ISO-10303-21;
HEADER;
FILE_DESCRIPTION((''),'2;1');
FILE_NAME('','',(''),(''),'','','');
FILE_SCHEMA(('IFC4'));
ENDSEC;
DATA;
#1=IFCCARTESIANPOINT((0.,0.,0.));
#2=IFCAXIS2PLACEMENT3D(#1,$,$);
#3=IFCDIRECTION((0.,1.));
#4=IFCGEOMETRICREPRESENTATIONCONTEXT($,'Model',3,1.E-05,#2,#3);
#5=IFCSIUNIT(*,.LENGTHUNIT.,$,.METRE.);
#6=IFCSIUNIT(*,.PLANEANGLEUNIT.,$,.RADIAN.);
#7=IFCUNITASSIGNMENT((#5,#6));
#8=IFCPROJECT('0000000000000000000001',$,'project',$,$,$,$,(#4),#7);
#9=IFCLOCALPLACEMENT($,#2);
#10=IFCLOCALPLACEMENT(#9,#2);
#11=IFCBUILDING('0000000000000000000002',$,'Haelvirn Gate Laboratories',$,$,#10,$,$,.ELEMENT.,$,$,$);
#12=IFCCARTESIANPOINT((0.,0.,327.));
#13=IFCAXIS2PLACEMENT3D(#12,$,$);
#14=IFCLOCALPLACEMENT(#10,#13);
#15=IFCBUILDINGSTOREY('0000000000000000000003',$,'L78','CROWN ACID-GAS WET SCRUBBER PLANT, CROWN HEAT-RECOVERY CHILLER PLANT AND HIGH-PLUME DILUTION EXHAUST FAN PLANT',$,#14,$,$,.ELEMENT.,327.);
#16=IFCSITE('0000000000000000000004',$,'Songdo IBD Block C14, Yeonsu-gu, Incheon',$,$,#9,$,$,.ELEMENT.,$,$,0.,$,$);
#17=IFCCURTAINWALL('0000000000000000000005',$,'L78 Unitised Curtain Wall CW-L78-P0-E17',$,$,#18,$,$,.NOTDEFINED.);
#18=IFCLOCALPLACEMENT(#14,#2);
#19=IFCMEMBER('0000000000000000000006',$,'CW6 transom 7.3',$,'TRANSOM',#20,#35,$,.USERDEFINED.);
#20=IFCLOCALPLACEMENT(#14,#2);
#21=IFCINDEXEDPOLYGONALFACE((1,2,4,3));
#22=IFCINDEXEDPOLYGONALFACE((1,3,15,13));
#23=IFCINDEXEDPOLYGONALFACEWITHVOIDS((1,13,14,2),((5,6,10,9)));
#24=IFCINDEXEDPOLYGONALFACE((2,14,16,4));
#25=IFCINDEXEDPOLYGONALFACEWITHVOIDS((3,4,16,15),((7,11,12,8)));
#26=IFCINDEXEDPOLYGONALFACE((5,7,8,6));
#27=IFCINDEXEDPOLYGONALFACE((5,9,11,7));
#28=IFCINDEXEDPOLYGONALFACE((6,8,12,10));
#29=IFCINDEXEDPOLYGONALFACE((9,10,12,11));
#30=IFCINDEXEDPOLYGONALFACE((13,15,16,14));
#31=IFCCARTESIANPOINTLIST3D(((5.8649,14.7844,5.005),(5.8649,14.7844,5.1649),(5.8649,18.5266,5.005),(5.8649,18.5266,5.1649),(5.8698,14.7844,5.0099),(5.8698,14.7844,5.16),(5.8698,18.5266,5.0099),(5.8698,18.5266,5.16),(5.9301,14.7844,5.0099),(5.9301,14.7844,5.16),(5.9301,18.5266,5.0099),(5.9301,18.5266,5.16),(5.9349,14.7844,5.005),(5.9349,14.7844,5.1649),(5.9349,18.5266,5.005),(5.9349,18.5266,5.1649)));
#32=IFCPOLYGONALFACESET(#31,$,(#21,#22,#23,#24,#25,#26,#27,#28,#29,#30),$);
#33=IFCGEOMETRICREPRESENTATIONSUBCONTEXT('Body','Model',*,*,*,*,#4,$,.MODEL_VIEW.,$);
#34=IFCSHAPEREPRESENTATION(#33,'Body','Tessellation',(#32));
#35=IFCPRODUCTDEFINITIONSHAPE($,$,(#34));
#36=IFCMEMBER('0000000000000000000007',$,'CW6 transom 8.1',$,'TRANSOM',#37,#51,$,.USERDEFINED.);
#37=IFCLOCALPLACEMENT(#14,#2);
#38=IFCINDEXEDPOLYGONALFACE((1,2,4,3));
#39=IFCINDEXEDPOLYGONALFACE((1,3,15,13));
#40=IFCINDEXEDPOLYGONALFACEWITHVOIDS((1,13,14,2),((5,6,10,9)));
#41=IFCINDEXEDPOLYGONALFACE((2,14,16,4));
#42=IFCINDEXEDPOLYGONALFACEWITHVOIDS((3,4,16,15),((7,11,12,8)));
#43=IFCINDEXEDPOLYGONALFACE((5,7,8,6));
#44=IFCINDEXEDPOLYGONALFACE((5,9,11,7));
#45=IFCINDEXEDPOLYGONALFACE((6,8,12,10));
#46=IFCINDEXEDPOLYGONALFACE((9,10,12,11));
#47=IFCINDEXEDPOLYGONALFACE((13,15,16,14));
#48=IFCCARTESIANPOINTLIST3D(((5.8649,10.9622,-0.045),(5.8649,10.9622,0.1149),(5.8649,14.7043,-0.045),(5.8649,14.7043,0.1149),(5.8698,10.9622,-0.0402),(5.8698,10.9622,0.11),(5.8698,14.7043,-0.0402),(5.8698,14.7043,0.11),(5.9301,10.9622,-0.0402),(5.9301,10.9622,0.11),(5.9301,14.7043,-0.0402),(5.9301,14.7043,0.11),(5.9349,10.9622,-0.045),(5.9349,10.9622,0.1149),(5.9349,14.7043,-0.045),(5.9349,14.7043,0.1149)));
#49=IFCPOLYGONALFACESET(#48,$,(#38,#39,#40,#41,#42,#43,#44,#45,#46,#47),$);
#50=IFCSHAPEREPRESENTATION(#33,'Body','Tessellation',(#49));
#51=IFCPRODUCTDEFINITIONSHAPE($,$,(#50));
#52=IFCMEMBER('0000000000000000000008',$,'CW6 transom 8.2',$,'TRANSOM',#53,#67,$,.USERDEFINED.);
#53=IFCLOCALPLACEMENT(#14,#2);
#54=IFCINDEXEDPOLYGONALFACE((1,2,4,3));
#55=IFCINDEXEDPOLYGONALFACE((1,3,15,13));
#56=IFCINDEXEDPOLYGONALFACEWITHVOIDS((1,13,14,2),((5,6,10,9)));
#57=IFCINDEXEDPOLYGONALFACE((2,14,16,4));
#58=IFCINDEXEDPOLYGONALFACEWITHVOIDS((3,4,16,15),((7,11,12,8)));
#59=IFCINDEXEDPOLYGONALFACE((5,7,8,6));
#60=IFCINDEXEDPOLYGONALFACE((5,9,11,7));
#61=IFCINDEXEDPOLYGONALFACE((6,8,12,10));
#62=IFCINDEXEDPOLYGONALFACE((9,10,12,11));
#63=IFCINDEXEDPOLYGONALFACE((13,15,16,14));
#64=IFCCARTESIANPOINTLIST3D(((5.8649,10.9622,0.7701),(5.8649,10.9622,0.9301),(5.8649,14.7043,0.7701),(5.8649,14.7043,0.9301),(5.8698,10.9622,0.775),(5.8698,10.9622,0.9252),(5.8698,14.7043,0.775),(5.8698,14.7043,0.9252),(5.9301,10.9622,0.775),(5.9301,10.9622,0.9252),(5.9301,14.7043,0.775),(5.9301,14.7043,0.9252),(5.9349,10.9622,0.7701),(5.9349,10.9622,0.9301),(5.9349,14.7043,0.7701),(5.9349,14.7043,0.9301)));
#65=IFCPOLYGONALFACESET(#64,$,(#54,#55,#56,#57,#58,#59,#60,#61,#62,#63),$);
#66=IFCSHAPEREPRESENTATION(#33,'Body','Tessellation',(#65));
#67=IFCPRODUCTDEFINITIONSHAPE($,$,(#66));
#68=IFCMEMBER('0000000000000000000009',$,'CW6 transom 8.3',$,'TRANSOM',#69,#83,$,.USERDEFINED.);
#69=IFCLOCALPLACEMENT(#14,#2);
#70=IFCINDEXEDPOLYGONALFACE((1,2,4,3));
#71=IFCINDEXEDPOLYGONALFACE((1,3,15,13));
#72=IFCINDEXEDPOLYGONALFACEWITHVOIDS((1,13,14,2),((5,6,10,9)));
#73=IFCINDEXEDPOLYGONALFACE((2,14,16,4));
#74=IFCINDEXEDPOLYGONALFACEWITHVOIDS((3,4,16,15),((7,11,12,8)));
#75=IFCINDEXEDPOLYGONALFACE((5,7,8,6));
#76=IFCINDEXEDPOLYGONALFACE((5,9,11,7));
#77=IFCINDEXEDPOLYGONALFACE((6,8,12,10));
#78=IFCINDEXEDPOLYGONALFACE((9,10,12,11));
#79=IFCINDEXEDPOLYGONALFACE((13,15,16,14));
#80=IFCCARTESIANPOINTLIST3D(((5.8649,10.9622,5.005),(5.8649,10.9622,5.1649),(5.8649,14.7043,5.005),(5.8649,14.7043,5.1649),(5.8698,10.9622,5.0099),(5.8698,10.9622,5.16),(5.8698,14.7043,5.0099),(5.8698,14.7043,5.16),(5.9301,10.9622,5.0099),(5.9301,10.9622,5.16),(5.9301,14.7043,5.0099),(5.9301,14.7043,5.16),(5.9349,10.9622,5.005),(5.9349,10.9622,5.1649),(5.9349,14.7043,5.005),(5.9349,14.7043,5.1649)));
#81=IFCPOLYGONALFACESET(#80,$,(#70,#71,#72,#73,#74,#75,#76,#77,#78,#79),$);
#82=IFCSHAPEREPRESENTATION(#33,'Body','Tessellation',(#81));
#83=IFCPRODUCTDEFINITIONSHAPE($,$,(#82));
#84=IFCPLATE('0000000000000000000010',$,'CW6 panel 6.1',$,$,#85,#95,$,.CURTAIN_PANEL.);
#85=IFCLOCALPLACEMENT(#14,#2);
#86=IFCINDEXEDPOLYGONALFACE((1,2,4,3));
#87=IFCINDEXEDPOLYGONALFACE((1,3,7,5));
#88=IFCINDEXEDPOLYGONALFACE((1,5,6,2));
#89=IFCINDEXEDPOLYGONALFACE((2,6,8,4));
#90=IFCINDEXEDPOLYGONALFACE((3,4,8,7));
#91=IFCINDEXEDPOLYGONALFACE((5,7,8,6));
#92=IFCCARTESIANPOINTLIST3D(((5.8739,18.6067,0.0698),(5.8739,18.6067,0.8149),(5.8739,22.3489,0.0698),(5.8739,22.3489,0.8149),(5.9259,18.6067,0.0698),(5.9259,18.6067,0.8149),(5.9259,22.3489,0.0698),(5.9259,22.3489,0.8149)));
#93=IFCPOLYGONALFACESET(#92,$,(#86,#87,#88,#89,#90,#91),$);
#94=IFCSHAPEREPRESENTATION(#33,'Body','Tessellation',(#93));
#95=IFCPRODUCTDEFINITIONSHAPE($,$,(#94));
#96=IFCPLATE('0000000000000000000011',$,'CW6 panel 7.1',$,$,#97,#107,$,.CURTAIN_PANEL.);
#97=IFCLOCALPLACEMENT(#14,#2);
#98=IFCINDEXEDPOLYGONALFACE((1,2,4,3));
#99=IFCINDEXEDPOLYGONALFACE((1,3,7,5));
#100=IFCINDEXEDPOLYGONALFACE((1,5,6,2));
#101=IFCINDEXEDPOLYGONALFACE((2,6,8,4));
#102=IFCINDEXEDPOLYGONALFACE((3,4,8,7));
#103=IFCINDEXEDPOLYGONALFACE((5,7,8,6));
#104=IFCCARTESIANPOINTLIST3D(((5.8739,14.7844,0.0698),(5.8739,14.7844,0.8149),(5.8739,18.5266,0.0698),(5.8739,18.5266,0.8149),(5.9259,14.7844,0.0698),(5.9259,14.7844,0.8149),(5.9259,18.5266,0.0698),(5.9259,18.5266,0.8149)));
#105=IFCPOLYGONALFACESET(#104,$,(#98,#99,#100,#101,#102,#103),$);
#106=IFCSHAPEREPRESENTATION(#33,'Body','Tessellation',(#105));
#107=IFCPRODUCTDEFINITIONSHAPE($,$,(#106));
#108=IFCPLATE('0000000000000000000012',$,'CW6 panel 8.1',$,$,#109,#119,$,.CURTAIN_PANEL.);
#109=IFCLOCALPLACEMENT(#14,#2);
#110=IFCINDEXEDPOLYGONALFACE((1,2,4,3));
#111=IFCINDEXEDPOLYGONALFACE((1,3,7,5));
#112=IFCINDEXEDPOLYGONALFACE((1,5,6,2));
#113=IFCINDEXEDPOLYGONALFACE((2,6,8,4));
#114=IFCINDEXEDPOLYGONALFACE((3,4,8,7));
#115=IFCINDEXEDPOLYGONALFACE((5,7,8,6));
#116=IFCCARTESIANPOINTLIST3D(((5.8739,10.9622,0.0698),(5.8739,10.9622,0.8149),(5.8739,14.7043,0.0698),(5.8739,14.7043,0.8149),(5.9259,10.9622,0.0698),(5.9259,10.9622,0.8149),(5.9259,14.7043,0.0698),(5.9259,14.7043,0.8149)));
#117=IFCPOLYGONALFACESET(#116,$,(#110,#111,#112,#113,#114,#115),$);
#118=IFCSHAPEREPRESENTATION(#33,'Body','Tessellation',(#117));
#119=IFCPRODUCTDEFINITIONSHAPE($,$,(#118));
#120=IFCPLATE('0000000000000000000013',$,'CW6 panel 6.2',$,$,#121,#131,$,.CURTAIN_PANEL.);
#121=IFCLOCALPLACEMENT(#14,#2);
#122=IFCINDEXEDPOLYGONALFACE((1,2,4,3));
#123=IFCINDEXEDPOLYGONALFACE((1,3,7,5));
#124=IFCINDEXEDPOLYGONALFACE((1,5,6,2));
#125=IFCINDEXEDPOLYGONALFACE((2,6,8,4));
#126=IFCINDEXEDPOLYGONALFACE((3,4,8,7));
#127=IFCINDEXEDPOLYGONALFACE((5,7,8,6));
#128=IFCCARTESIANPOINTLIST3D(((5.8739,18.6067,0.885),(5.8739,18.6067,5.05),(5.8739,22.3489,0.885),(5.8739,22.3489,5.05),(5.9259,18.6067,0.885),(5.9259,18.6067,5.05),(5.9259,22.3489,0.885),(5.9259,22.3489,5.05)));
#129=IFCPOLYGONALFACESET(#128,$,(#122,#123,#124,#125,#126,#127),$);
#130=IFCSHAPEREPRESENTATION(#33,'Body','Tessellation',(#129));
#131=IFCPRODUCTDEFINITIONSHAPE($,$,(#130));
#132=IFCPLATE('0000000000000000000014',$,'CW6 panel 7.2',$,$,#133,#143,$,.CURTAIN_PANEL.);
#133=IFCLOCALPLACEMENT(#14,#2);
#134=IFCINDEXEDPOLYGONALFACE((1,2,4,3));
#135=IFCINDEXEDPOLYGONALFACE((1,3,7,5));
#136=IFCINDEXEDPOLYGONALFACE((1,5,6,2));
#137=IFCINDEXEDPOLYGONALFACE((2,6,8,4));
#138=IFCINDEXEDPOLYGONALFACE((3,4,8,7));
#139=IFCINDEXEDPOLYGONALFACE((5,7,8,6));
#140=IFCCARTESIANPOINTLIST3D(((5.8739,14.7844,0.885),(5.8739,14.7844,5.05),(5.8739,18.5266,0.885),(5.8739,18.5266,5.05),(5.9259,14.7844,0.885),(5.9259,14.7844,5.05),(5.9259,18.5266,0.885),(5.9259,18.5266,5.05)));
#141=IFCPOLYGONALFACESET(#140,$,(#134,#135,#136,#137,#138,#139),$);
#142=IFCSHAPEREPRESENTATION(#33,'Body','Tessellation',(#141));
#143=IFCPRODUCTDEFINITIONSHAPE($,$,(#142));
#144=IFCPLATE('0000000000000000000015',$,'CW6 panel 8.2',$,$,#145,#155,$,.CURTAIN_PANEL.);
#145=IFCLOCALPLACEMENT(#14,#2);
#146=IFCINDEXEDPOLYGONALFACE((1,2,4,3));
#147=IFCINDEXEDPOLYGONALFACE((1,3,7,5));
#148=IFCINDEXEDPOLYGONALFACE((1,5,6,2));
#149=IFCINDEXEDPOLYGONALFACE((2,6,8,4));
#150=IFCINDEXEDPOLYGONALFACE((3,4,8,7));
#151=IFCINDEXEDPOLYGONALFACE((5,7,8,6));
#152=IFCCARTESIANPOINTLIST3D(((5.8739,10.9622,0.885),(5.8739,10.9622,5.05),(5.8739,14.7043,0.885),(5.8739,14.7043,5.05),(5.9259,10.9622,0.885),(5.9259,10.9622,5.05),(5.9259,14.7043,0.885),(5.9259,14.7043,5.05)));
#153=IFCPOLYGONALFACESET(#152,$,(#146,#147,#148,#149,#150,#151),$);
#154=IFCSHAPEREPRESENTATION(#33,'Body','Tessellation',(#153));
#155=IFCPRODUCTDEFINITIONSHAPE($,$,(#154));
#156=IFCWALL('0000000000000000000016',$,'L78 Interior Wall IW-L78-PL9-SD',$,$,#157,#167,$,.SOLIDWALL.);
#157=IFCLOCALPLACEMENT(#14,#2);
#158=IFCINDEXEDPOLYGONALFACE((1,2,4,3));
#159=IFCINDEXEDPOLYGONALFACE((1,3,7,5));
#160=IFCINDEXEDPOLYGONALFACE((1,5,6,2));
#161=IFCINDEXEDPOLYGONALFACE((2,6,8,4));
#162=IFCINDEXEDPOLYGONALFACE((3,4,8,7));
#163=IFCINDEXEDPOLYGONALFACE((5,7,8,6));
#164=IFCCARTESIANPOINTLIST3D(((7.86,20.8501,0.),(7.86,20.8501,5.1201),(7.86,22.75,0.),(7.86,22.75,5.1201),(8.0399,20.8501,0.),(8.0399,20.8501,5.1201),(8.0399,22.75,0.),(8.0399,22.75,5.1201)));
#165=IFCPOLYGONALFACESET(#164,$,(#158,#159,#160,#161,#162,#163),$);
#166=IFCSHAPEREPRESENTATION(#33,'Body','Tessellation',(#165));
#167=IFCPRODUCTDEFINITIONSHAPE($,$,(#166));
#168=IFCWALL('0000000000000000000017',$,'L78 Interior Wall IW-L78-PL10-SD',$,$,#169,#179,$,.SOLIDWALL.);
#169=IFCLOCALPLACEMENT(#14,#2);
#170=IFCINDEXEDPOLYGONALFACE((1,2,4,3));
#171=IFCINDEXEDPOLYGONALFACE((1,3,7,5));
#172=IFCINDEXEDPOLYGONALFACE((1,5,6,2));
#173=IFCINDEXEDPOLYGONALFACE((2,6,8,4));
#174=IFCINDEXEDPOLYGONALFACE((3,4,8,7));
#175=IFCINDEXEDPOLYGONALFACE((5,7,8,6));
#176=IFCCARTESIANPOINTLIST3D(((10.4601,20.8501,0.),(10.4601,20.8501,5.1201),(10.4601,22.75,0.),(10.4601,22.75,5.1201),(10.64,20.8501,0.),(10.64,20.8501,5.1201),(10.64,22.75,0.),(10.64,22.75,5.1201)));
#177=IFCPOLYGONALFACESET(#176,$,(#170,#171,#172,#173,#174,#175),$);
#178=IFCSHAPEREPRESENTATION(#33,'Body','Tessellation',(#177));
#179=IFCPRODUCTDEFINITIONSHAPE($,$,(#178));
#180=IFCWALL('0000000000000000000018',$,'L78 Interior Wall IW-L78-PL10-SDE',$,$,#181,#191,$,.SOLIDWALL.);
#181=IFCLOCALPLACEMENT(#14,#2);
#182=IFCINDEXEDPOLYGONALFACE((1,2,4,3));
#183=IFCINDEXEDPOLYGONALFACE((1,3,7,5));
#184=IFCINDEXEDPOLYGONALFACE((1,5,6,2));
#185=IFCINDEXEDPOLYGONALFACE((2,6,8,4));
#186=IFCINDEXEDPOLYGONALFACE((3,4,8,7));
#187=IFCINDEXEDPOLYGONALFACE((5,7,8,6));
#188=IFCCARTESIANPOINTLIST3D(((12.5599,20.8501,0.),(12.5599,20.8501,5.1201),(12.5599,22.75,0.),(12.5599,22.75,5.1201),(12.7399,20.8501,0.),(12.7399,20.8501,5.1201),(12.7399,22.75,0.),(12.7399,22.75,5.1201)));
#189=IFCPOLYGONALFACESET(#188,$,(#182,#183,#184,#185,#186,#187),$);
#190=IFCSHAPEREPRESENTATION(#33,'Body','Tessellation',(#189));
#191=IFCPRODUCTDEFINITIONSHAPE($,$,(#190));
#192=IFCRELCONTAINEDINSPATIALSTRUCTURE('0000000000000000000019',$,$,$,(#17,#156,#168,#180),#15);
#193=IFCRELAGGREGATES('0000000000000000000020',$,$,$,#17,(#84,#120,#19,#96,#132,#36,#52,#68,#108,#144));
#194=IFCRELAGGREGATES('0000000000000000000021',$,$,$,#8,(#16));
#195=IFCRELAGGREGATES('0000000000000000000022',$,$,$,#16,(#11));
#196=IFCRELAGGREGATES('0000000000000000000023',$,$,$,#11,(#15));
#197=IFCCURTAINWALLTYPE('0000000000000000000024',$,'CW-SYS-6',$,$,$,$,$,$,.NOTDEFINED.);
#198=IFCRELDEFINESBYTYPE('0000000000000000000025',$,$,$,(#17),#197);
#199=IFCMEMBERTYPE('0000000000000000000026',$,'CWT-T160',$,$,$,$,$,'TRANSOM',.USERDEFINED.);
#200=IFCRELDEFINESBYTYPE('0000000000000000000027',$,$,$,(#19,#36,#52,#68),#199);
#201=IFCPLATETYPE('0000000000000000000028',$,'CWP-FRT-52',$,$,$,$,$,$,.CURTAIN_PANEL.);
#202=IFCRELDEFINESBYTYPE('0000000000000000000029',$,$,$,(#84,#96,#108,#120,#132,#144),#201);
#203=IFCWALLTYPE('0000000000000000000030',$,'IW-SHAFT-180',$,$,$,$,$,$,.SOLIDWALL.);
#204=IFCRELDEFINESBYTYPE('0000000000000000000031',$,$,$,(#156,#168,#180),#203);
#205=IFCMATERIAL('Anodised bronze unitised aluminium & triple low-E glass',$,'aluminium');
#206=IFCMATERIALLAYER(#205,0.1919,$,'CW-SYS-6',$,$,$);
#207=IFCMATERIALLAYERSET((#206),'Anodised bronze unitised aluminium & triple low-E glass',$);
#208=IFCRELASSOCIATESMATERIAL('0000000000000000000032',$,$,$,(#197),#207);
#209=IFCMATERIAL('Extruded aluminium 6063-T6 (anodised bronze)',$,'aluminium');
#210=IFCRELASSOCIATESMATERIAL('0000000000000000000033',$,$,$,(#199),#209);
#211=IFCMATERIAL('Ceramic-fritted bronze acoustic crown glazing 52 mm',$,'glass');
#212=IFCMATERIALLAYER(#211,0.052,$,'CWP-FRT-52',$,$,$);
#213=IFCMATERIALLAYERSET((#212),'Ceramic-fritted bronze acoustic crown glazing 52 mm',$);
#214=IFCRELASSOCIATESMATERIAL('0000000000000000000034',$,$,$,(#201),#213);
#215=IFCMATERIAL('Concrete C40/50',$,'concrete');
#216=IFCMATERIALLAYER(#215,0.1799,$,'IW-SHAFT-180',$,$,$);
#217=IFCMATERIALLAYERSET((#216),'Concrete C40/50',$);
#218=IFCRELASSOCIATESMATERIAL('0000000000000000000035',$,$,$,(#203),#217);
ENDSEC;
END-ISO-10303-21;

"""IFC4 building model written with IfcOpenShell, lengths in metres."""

from ifc_helpers import new_model, si_unit, direction, frame, frame_2d, origin, origin_2d, place, context, subcontext, project, spatial, rectangle, hollow_rectangle, extrude, source, transform, mapped, material, layer, layer_set, material_profile, profile_set, type_object, type_shapes, element, aggregate, save


model = new_model("IFC4")

# Units and contexts
model_context = context("Model", 3, precision=1e-05, world=origin(), true_north=direction((0.0, 1.0)))
body_context = subcontext(model_context, "Body", "Model", "MODEL_VIEW")
ifc_project = project(units=[si_unit("LENGTHUNIT", "METRE"), si_unit("PLANEANGLEUNIT", "RADIAN")], contexts=[model_context])

# Site, building, storey
site_placement = place(None, origin())
site = spatial("IfcSite", under=ifc_project, at=site_placement, Name="Songdo IBD Block C14, Yeonsu-gu, Incheon", CompositionType="ELEMENT", RefElevation=0.0)
building_placement = place(site_placement, origin())
building = spatial("IfcBuilding", under=site, at=building_placement, Name="Haelvirn Gate Laboratories", CompositionType="ELEMENT")
storey_placement = place(building_placement, frame((0.0, 0.0, 327.0)))
storey = spatial("IfcBuildingStorey", under=building, at=storey_placement, Name="L78", Description="CROWN ACID-GAS WET SCRUBBER PLANT, CROWN HEAT-RECOVERY CHILLER PLANT AND HIGH-PLUME DILUTION EXHAUST FAN PLANT", CompositionType="ELEMENT", Elevation=327.0)

# Curtain wall, members, plates
ifc_material_1 = material(Name="Anodised bronze unitised aluminium & triple low-E glass", Category="aluminium")
ifc_layer_1 = layer(ifc_material_1, 0.1919, Name="CW-SYS-6")
ifc_layer_set_1 = layer_set([ifc_layer_1], Name="Anodised bronze unitised aluminium & triple low-E glass")
curtain_wall_type = type_object("IfcCurtainWallType", Name="CW-SYS-6", PredefinedType="NOTDEFINED", material=ifc_layer_set_1)
curtain_wall_placement = place(storey_placement, origin())
curtain_wall = element("IfcCurtainWall", 1, at=curtain_wall_placement, inside=storey, type_object=curtain_wall_type, Name="L78 Unitised Curtain Wall CW-L78-P0-E17", PredefinedType="NOTDEFINED")
ifc_material_2 = material(Name="Extruded aluminium 6063-T6 (anodised bronze)", Category="aluminium")
ifc_material_profile_1 = material_profile(ifc_material_2, hollow_rectangle(XDim=0.0701, YDim=0.1599, WallThickness=0.0049, at=origin_2d()), Name="CWT-160x70x5")
ifc_profile_set_1 = profile_set([ifc_material_profile_1], Name="Extruded aluminium 6063-T6 (anodised bronze)")
member_type_1 = type_object("IfcMemberType", Name="CWT-T160", ElementType="TRANSOM", PredefinedType="USERDEFINED", material=ifc_profile_set_1)
shared_shape_1 = source(origin(), body_context, "Body", "SweptSolid", [
    extrude(hollow_rectangle(XDim=0.0701, YDim=0.1599, WallThickness=0.0049, at=origin_2d()), origin(), (0.0, 0.0, 1.0), 3.7422),
])
member_1_placement = place(storey_placement, frame((5.8999, 18.5266, 5.085), z_axis=(0.0, -1.0, 0.0), x_axis=(1.0, 0.0, 0.0)))
member_1 = element("IfcMember", 2, at=member_1_placement, type_object=member_type_1, Name="CW6 transom 7.3", ObjectType="TRANSOM", PredefinedType="USERDEFINED", context=body_context, shape_type="MappedRepresentation", body=[
    mapped(shared_shape_1, transform((0.0, 0.0, 0.0), scale=1.0)),
])
member_2_placement = place(storey_placement, frame((5.8999, 14.7043, 0.0349), z_axis=(0.0, -1.0, 0.0), x_axis=(1.0, 0.0, 0.0)))
member_2 = element("IfcMember", 3, at=member_2_placement, type_object=member_type_1, Name="CW6 transom 8.1", ObjectType="TRANSOM", PredefinedType="USERDEFINED", context=body_context, shape_type="MappedRepresentation", body=[
    mapped(shared_shape_1, transform((0.0, 0.0, 0.0), scale=1.0)),
])
member_3_placement = place(storey_placement, frame((5.8999, 14.7043, 0.8501), z_axis=(0.0, -1.0, 0.0), x_axis=(1.0, 0.0, 0.0)))
member_3 = element("IfcMember", 4, at=member_3_placement, type_object=member_type_1, Name="CW6 transom 8.2", ObjectType="TRANSOM", PredefinedType="USERDEFINED", context=body_context, shape_type="MappedRepresentation", body=[
    mapped(shared_shape_1, transform((0.0, 0.0, 0.0), scale=1.0)),
])
member_4_placement = place(storey_placement, frame((5.8999, 14.7043, 5.085), z_axis=(0.0, -1.0, 0.0), x_axis=(1.0, 0.0, 0.0)))
member_4 = element("IfcMember", 5, at=member_4_placement, type_object=member_type_1, Name="CW6 transom 8.3", ObjectType="TRANSOM", PredefinedType="USERDEFINED", context=body_context, shape_type="MappedRepresentation", body=[
    mapped(shared_shape_1, transform((0.0, 0.0, 0.0), scale=1.0)),
])
ifc_material_3 = material(Name="Ceramic-fritted bronze acoustic crown glazing 52 mm", Category="glass")
ifc_layer_2 = layer(ifc_material_3, 0.052, Name="CWP-FRT-52")
ifc_layer_set_2 = layer_set([ifc_layer_2], Name="Ceramic-fritted bronze acoustic crown glazing 52 mm")
plate_type = type_object("IfcPlateType", Name="CWP-FRT-52", PredefinedType="CURTAIN_PANEL", material=ifc_layer_set_2)
shared_shape_2 = source(origin(), body_context, "Body", "SweptSolid", [
    extrude(rectangle(XDim=3.7422, YDim=0.052, at=origin_2d()), origin(), (0.0, 0.0, 1.0), 0.7451),
])
plate_1_placement = place(storey_placement, frame((5.8999, 20.4778, 0.0698), z_axis=(0.0, 0.0, 1.0), x_axis=(0.0, -1.0, 0.0)))
plate_1 = element("IfcPlate", 6, at=plate_1_placement, type_object=plate_type, Name="CW6 panel 6.1", PredefinedType="CURTAIN_PANEL", context=body_context, shape_type="MappedRepresentation", body=[
    mapped(shared_shape_2, transform((0.0, 0.0, 0.0), scale=1.0)),
])
plate_2_placement = place(storey_placement, frame((5.8999, 16.6555, 0.0698), z_axis=(0.0, 0.0, 1.0), x_axis=(0.0, -1.0, 0.0)))
plate_2 = element("IfcPlate", 7, at=plate_2_placement, type_object=plate_type, Name="CW6 panel 7.1", PredefinedType="CURTAIN_PANEL", context=body_context, shape_type="MappedRepresentation", body=[
    mapped(shared_shape_2, transform((0.0, 0.0, 0.0), scale=1.0)),
])
plate_3_placement = place(storey_placement, frame((5.8999, 12.8333, 0.0698), z_axis=(0.0, 0.0, 1.0), x_axis=(0.0, -1.0, 0.0)))
plate_3 = element("IfcPlate", 8, at=plate_3_placement, type_object=plate_type, Name="CW6 panel 8.1", PredefinedType="CURTAIN_PANEL", context=body_context, shape_type="MappedRepresentation", body=[
    mapped(shared_shape_2, transform((0.0, 0.0, 0.0), scale=1.0)),
])
shared_shape_3 = source(origin(), body_context, "Body", "SweptSolid", [
    extrude(rectangle(XDim=3.7422, YDim=0.052, at=origin_2d()), origin(), (0.0, 0.0, 1.0), 4.165),
])
type_shapes(plate_type, [shared_shape_2, shared_shape_3])
plate_4_placement = place(storey_placement, frame((5.8999, 20.4778, 0.885), z_axis=(0.0, 0.0, 1.0), x_axis=(0.0, -1.0, 0.0)))
plate_4 = element("IfcPlate", 9, at=plate_4_placement, type_object=plate_type, Name="CW6 panel 6.2", PredefinedType="CURTAIN_PANEL", context=body_context, shape_type="MappedRepresentation", body=[
    mapped(shared_shape_3, transform((0.0, 0.0, 0.0), scale=1.0)),
])
plate_5_placement = place(storey_placement, frame((5.8999, 16.6555, 0.885), z_axis=(0.0, 0.0, 1.0), x_axis=(0.0, -1.0, 0.0)))
plate_5 = element("IfcPlate", 10, at=plate_5_placement, type_object=plate_type, Name="CW6 panel 7.2", PredefinedType="CURTAIN_PANEL", context=body_context, shape_type="MappedRepresentation", body=[
    mapped(shared_shape_3, transform((0.0, 0.0, 0.0), scale=1.0)),
])
plate_6_placement = place(storey_placement, frame((5.8999, 12.8333, 0.885), z_axis=(0.0, 0.0, 1.0), x_axis=(0.0, -1.0, 0.0)))
plate_6 = element("IfcPlate", 11, at=plate_6_placement, type_object=plate_type, Name="CW6 panel 8.2", PredefinedType="CURTAIN_PANEL", context=body_context, shape_type="MappedRepresentation", body=[
    mapped(shared_shape_3, transform((0.0, 0.0, 0.0), scale=1.0)),
])
aggregate(curtain_wall, [plate_1, plate_4, member_1, plate_2, plate_5, member_2, member_3, member_4, plate_3, plate_6])

# Walls
ifc_material_4 = material(Name="Concrete C40/50", Category="concrete")
ifc_layer_3 = layer(ifc_material_4, 0.1799, Name="IW-SHAFT-180")
ifc_layer_set_3 = layer_set([ifc_layer_3], Name="Concrete C40/50")
wall_type_1 = type_object("IfcWallType", Name="IW-SHAFT-180", PredefinedType="SOLIDWALL", material=ifc_layer_set_3)
for number, where, z_axis, x_axis, name in (
    (12, (7.95, 20.8501, 0.0), (0.0, 0.0, 1.0), (0.0, 1.0, 0.0), "L78 Interior Wall IW-L78-PL9-SD"),
    (13, (10.55, 20.8501, 0.0), (0.0, 0.0, 1.0), (0.0, 1.0, 0.0), "L78 Interior Wall IW-L78-PL10-SD"),
    (14, (12.6499, 20.8501, 0.0), (0.0, 0.0, 1.0), (0.0, 1.0, 0.0), "L78 Interior Wall IW-L78-PL10-SDE"),
):
    element("IfcWall", number, at=place(storey_placement, frame(where, z_axis=z_axis, x_axis=x_axis)), inside=storey, type_object=wall_type_1, Name=name, PredefinedType="SOLIDWALL", context=body_context, shape_type="SweptSolid", body=[
        extrude(rectangle(XDim=1.8999, YDim=0.1799, at=frame_2d((0.95, 0.0))), origin(), (0.0, 0.0, 1.0), 5.1201),
    ])

save(model, "model.ifc")
